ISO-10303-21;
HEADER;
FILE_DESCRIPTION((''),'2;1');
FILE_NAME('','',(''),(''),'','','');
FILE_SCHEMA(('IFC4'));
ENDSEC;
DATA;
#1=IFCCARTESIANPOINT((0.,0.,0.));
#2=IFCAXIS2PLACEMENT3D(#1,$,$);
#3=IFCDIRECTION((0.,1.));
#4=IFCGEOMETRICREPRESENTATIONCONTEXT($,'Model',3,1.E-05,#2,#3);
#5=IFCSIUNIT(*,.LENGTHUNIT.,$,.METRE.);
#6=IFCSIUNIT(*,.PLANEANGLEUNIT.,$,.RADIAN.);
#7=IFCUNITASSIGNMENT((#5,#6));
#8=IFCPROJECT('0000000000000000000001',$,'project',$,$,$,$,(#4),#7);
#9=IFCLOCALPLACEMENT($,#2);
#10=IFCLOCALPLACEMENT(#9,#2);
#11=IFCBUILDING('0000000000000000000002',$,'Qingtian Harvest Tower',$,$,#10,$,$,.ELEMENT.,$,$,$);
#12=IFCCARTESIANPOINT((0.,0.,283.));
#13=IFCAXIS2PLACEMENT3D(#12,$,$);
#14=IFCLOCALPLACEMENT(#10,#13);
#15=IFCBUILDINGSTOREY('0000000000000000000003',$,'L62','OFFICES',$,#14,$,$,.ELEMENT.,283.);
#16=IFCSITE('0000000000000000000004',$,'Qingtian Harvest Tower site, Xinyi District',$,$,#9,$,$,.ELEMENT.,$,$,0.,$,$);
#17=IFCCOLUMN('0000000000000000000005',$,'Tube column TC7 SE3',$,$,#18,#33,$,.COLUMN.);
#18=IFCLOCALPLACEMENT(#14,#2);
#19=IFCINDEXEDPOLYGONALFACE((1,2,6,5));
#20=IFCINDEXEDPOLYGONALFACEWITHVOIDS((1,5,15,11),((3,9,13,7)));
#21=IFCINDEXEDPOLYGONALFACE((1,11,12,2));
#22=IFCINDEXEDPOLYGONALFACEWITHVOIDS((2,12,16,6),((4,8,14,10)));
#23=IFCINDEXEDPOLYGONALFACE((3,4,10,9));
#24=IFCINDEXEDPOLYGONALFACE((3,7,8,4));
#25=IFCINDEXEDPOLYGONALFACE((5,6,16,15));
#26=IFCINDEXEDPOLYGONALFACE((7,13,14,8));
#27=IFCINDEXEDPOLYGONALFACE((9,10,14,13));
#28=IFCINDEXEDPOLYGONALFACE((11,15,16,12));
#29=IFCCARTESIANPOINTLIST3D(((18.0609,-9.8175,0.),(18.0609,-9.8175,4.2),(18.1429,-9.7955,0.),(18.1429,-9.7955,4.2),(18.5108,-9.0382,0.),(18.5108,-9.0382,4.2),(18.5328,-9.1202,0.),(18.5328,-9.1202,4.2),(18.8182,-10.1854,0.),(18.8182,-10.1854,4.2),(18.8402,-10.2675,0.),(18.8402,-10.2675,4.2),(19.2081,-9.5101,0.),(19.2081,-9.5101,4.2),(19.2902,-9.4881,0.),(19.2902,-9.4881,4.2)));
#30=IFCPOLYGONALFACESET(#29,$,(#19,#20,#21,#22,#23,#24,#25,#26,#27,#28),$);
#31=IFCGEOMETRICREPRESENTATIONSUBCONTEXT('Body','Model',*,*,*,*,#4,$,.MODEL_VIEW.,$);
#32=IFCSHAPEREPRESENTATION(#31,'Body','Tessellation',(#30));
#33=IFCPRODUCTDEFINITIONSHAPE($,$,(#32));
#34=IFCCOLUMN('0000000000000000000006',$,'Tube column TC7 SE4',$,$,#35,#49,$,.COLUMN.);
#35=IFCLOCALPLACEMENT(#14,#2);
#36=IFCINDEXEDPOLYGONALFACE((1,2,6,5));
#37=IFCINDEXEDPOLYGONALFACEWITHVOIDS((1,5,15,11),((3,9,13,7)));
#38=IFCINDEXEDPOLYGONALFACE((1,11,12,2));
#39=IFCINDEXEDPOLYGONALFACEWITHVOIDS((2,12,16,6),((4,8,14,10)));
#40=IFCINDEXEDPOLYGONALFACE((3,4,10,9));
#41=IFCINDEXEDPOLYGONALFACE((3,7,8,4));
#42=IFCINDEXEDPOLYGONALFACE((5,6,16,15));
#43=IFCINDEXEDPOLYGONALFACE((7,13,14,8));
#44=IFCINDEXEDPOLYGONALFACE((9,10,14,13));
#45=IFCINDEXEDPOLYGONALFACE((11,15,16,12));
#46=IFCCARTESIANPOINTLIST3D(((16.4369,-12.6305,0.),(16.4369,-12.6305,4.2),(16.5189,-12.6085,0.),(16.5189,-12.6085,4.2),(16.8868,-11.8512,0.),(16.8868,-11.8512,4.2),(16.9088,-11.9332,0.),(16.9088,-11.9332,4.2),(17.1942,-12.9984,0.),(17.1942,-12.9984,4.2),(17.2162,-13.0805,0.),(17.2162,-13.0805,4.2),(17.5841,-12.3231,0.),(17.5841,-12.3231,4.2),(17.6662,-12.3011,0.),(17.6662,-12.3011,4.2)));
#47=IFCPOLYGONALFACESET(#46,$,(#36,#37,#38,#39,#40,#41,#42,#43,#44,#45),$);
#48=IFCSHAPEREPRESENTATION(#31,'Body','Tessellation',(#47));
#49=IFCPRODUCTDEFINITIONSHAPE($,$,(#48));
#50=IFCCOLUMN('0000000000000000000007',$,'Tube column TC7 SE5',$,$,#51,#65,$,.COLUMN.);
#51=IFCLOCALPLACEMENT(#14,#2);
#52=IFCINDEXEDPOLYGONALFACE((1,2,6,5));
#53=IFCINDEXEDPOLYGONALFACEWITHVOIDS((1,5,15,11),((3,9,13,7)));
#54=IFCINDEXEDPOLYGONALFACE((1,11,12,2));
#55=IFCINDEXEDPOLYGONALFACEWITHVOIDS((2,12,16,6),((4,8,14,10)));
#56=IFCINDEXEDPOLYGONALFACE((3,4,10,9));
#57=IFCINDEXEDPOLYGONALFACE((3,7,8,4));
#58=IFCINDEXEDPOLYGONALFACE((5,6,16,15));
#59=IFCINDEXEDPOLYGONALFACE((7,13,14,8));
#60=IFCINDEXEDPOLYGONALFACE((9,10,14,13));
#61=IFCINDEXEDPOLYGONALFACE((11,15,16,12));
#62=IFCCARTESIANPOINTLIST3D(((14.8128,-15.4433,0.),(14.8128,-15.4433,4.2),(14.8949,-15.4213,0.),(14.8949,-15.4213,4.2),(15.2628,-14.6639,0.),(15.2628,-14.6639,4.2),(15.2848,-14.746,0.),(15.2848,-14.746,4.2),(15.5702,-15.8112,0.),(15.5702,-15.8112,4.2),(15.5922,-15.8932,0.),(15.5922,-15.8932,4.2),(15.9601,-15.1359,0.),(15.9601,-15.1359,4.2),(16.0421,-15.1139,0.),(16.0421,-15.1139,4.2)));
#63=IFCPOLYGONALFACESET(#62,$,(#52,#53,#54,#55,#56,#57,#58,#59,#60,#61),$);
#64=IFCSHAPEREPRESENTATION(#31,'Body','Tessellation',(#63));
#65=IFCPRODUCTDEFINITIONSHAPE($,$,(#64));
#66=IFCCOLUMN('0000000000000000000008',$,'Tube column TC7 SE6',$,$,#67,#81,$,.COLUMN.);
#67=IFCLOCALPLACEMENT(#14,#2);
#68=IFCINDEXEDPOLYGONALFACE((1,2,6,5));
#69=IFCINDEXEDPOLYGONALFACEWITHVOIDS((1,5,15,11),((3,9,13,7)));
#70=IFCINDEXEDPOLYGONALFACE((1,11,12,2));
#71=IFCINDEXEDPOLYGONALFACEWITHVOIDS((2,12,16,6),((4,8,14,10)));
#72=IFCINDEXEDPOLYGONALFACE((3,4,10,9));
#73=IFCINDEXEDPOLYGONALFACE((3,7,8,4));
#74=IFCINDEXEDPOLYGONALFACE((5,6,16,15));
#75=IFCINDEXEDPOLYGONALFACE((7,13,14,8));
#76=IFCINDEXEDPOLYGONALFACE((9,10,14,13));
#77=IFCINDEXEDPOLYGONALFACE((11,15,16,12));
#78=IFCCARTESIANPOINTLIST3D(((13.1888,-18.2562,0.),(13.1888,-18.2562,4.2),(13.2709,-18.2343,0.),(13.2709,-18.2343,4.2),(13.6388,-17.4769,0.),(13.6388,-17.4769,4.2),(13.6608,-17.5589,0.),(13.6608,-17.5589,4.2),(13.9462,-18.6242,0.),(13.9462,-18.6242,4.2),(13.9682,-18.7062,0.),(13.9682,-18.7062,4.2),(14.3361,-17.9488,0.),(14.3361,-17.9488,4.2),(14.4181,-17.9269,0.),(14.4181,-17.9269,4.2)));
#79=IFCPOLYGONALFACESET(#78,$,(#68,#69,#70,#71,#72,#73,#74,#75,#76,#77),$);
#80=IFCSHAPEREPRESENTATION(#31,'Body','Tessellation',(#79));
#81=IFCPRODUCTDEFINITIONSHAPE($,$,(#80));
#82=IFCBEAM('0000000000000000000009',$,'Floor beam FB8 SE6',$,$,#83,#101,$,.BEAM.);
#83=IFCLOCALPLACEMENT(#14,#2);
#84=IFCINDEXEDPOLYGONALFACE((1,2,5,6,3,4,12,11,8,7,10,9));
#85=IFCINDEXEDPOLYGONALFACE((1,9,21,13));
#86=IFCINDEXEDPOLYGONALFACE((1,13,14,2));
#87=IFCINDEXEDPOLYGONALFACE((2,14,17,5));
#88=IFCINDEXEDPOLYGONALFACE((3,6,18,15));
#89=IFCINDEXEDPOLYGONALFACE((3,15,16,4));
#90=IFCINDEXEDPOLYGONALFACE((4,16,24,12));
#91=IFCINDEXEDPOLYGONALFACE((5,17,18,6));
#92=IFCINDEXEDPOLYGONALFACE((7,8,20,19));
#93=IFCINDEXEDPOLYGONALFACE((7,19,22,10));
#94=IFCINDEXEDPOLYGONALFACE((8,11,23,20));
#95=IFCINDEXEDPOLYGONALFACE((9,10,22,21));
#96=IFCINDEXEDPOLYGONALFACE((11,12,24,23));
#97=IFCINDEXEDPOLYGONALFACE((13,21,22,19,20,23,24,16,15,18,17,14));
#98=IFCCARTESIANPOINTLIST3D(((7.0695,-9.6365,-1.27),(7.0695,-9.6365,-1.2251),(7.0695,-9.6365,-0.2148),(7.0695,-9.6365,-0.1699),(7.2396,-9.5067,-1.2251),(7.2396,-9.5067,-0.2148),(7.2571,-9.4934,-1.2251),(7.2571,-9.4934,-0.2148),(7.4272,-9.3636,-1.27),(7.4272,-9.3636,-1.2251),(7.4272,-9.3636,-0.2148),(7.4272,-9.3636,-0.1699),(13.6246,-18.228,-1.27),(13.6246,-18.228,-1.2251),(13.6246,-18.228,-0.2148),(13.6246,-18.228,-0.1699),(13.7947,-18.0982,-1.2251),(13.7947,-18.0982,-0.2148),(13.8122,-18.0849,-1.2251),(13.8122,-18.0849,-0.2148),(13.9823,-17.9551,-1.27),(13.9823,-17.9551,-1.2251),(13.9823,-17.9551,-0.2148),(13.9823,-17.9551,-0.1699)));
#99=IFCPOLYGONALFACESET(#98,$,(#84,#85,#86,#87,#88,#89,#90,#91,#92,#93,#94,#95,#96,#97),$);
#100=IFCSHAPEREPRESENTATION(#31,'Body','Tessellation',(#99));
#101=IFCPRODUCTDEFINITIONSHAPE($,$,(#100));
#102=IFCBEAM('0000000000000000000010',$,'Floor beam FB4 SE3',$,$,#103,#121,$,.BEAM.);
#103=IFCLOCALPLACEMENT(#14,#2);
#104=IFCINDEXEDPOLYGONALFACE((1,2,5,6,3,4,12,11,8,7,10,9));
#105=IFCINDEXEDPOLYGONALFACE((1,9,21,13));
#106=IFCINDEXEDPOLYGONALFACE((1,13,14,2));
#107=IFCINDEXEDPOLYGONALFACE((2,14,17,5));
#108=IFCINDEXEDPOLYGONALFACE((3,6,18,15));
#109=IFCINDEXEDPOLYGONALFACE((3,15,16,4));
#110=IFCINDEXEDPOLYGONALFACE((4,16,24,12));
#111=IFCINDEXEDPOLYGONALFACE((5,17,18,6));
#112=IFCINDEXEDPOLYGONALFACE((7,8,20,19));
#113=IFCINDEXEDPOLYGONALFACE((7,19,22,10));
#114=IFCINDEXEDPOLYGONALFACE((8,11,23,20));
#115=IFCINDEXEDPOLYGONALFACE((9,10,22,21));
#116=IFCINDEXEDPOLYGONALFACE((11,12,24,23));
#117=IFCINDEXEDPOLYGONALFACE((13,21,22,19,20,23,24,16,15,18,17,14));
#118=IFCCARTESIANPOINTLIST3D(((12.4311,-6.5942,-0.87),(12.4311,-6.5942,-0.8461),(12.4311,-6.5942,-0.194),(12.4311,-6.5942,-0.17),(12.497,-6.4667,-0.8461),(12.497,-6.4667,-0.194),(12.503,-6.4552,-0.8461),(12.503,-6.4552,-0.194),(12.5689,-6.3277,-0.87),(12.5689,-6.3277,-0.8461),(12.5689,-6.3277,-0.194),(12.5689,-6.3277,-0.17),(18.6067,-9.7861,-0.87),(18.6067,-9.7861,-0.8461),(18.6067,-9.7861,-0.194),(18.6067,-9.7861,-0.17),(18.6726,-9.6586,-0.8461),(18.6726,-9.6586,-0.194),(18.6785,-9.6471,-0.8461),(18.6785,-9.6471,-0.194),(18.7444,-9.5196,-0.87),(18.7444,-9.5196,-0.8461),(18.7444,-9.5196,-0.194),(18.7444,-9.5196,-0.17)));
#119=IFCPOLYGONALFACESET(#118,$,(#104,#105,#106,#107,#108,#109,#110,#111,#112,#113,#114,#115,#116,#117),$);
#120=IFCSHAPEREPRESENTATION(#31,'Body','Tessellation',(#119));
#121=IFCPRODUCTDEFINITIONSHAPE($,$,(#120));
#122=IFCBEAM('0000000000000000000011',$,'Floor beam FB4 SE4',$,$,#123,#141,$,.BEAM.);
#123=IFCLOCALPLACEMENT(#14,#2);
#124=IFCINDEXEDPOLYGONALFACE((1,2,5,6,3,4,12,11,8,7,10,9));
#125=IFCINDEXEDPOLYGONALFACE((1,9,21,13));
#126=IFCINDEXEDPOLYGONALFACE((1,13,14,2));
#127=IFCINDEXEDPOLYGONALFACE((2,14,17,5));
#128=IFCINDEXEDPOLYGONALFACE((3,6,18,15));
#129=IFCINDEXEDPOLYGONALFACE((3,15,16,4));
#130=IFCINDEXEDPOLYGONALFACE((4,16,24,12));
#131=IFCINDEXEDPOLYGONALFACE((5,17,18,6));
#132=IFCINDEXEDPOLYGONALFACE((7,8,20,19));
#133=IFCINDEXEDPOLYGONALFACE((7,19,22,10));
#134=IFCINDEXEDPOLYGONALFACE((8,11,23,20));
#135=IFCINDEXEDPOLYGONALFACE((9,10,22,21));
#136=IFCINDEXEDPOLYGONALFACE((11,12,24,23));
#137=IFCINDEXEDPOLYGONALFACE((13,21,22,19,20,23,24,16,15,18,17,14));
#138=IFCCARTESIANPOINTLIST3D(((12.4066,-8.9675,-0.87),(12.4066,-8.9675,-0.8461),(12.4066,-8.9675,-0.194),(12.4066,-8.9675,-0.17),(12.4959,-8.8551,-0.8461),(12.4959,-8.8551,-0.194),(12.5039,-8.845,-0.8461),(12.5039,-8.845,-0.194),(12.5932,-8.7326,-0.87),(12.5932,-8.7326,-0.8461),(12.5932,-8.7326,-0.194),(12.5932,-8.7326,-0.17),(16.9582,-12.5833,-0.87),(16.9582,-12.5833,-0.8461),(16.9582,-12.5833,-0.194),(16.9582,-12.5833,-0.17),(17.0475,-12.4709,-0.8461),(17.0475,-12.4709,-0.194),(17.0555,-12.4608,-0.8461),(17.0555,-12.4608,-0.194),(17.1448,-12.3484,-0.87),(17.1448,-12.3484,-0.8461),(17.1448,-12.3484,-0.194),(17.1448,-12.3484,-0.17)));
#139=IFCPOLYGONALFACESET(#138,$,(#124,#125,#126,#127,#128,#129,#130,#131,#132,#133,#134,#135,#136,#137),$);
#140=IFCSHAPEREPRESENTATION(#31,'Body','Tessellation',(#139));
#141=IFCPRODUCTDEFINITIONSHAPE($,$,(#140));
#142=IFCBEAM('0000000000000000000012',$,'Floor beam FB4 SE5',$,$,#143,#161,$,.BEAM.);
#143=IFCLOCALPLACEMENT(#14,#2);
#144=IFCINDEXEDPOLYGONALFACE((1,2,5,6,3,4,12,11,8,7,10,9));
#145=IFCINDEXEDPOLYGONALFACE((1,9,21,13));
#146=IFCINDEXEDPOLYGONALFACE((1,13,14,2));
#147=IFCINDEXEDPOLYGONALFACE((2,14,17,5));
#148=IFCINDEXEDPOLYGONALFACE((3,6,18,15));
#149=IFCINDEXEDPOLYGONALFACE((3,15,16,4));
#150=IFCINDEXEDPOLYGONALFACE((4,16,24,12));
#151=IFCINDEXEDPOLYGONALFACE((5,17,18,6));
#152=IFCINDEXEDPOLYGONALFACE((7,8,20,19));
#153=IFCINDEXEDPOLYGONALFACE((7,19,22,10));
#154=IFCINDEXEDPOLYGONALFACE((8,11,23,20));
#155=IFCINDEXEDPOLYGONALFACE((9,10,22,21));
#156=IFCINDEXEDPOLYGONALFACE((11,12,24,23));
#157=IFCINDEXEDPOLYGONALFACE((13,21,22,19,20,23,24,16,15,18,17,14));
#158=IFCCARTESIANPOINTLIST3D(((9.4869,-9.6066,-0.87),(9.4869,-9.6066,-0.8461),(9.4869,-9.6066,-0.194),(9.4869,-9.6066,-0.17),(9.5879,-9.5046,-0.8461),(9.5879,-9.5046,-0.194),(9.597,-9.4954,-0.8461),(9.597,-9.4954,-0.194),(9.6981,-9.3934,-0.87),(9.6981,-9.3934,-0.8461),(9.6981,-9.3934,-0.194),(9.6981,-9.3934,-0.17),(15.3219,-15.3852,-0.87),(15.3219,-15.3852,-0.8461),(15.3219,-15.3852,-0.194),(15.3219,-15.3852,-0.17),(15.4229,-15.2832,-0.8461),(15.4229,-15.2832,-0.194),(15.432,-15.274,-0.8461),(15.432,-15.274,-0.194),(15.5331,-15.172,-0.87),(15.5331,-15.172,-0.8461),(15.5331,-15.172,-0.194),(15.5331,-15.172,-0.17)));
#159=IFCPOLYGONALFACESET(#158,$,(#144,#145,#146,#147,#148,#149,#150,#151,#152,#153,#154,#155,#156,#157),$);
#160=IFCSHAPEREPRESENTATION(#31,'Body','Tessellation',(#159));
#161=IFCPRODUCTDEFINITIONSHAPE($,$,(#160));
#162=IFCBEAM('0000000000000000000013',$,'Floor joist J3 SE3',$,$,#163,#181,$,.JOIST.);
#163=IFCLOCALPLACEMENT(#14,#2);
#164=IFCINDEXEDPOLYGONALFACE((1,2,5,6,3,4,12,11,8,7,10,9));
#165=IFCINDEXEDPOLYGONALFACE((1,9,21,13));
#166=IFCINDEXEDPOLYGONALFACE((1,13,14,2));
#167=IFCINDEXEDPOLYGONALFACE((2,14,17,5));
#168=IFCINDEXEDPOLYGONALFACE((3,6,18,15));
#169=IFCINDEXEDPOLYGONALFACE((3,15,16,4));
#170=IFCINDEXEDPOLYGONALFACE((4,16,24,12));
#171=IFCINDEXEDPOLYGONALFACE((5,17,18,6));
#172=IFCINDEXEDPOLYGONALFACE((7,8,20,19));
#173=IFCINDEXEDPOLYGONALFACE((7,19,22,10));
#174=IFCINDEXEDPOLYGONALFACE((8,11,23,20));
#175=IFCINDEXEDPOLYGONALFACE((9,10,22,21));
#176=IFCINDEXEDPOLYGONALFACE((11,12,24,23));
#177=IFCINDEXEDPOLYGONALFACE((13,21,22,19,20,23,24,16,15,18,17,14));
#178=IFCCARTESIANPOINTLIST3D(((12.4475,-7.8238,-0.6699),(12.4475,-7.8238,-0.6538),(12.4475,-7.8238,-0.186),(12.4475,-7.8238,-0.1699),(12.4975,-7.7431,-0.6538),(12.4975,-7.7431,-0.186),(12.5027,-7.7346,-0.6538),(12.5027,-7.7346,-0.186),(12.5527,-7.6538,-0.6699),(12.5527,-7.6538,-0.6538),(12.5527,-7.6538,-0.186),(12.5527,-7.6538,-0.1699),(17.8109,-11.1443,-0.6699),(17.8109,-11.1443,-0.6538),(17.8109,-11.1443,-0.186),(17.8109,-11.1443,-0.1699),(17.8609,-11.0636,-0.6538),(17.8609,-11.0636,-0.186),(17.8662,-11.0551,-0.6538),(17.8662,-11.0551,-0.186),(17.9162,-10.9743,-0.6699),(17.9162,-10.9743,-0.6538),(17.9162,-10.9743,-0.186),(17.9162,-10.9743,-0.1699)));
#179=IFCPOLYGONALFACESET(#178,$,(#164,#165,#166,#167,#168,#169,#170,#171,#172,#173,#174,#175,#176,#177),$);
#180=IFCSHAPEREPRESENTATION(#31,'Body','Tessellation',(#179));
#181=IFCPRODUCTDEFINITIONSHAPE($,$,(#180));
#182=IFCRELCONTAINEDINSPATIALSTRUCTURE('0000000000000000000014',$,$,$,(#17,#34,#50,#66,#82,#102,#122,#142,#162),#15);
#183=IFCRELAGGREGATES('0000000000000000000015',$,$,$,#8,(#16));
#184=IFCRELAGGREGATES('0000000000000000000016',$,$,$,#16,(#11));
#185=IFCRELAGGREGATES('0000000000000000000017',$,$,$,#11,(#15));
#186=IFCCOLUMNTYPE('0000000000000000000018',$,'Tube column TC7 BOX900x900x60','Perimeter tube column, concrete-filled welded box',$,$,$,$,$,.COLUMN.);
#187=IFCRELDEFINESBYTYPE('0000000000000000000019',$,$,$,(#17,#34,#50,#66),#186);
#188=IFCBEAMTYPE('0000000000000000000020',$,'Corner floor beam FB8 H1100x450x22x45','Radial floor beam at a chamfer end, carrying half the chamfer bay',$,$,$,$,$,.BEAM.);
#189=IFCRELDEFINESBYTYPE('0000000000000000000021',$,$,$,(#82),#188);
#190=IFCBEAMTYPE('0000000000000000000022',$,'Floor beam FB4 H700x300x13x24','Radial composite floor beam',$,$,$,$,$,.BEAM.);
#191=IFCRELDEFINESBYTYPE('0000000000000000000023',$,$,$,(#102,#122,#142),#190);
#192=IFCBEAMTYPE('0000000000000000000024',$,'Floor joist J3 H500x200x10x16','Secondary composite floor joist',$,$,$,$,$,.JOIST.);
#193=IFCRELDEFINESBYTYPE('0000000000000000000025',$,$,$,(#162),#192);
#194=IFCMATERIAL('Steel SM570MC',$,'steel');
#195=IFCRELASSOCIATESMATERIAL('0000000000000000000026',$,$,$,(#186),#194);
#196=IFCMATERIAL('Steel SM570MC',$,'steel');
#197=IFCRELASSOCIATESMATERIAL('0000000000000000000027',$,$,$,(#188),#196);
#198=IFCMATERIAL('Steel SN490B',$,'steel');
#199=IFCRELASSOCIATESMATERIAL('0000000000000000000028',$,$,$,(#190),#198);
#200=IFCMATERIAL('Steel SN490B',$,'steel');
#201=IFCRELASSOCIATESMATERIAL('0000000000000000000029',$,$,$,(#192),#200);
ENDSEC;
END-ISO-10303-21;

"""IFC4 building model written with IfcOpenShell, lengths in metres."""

from ifc_helpers import new_model, si_unit, direction, frame, origin, origin_2d, place, context, subcontext, project, spatial, hollow_rectangle, i_section, extrude, material, material_profile, profile_set, type_object, element, save


model = new_model("IFC4")

# Units and contexts
model_context = context("Model", 3, precision=1e-05, world=origin(), true_north=direction((0.0, 1.0)))
body_context = subcontext(model_context, "Body", "Model", "MODEL_VIEW")
ifc_project = project(units=[si_unit("LENGTHUNIT", "METRE"), si_unit("PLANEANGLEUNIT", "RADIAN")], contexts=[model_context])

# Site, building, storey
site_placement = place(None, origin())
site = spatial("IfcSite", under=ifc_project, at=site_placement, Name="Qingtian Harvest Tower site, Xinyi District", CompositionType="ELEMENT", RefElevation=0.0)
building_placement = place(site_placement, origin())
building = spatial("IfcBuilding", under=site, at=building_placement, Name="Qingtian Harvest Tower", CompositionType="ELEMENT")
storey_placement = place(building_placement, frame((0.0, 0.0, 283.0)))
storey = spatial("IfcBuildingStorey", under=building, at=storey_placement, Name="L62", Description="OFFICES", CompositionType="ELEMENT", Elevation=283.0)

# Columns
ifc_material_1 = material(Name="Steel SM570MC", Category="steel")
ifc_material_profile_1 = material_profile(ifc_material_1, hollow_rectangle(XDim=0.8999, YDim=0.8999, WallThickness=0.0601, at=origin_2d()), Name="BOX900x900x60")
ifc_profile_set_1 = profile_set([ifc_material_profile_1], Name="Steel SM570MC")
column_type = type_object("IfcColumnType", Name="Tube column TC7 BOX900x900x60", Description="Perimeter tube column, concrete-filled welded box", PredefinedType="COLUMN", material=ifc_profile_set_1)
for number, where, z_axis, x_axis, name in (
    (1, (18.6755, -9.6528, 0.0), (0.0, 0.0, 1.0), (0.5, 0.866025, 0.0), "Tube column TC7 SE3"),
    (2, (17.0515, -12.4658, 0.0), (0.0, 0.0, 1.0), (0.5, 0.866025, 0.0), "Tube column TC7 SE4"),
    (3, (15.4275, -15.2786, 0.0), (0.0, 0.0, 1.0), (0.5, 0.866025, 0.0), "Tube column TC7 SE5"),
    (4, (13.8035, -18.0916, 0.0), (0.0, 0.0, 1.0), (0.5, 0.866025, 0.0), "Tube column TC7 SE6"),
):
    element("IfcColumn", number, at=place(storey_placement, frame(where, z_axis=z_axis, x_axis=x_axis)), inside=storey, type_object=column_type, Name=name, PredefinedType="COLUMN", context=body_context, shape_type="SweptSolid", body=[
        extrude(hollow_rectangle(XDim=0.8999, YDim=0.8999, WallThickness=0.0601, at=origin_2d()), origin(), (0.0, 0.0, 1.0), 4.2),
    ])

# Beams
ifc_material_2 = material(Name="Steel SM570MC", Category="steel")
ifc_material_profile_2 = material_profile(ifc_material_2, i_section(OverallWidth=0.45, OverallDepth=1.1001, WebThickness=0.022, FlangeThickness=0.0449, at=origin_2d()), Name="H1100x450x22x45")
ifc_profile_set_2 = profile_set([ifc_material_profile_2], Name="Steel SM570MC")
beam_type_1 = type_object("IfcBeamType", Name="Corner floor beam FB8 H1100x450x22x45", Description="Radial floor beam at a chamfer end, carrying half the chamfer bay", PredefinedType="BEAM", material=ifc_profile_set_2)
beam_1_placement = place(storey_placement, frame((13.8035, -18.0916, -0.72), z_axis=(-0.606584, 0.79502, 0.0), x_axis=(-0.79502, -0.606584, 0.0)))
element("IfcBeam", 5, at=beam_1_placement, inside=storey, type_object=beam_type_1, Name="Floor beam FB8 SE6", PredefinedType="BEAM", context=body_context, shape_type="SweptSolid", body=[
    extrude(i_section(OverallWidth=0.45, OverallDepth=1.1001, WebThickness=0.022, FlangeThickness=0.0449, at=origin_2d()), origin(), (0.0, 0.0, 1.0), 10.8066),
])
ifc_material_3 = material(Name="Steel SN490B", Category="steel")
ifc_material_profile_3 = material_profile(ifc_material_3, i_section(OverallWidth=0.3, OverallDepth=0.7, WebThickness=0.0129, FlangeThickness=0.0239, at=origin_2d()), Name="H700x300x13x24")
ifc_profile_set_3 = profile_set([ifc_material_profile_3], Name="Steel SN490B")
beam_type_2 = type_object("IfcBeamType", Name="Floor beam FB4 H700x300x13x24", Description="Radial composite floor beam", PredefinedType="BEAM", material=ifc_profile_set_3)
beam_2_placement = place(storey_placement, frame((18.6755, -9.6528, -0.52), z_axis=(-0.888355, 0.459156, 0.0), x_axis=(-0.459156, -0.888355, 0.0)))
element("IfcBeam", 6, at=beam_2_placement, inside=storey, type_object=beam_type_2, Name="Floor beam FB4 SE3", PredefinedType="BEAM", context=body_context, shape_type="SweptSolid", body=[
    extrude(i_section(OverallWidth=0.3, OverallDepth=0.7, WebThickness=0.0129, FlangeThickness=0.0239, at=origin_2d()), origin(), (0.0, 0.0, 1.0), 6.9517),
])
beam_3_placement = place(storey_placement, frame((17.0515, -12.4658, -0.52), z_axis=(-0.783003, 0.622018, 0.0), x_axis=(-0.622018, -0.783003, 0.0)))
element("IfcBeam", 7, at=beam_3_placement, inside=storey, type_object=beam_type_2, Name="Floor beam FB4 SE4", PredefinedType="BEAM", context=body_context, shape_type="SweptSolid", body=[
    extrude(i_section(OverallWidth=0.3, OverallDepth=0.7, WebThickness=0.0129, FlangeThickness=0.0239, at=origin_2d()), origin(), (0.0, 0.0, 1.0), 5.813),
])
beam_4_placement = place(storey_placement, frame((15.4275, -15.2786, -0.52), z_axis=(-0.710532, 0.703665, 0.0), x_axis=(-0.703665, -0.710532, 0.0)))
element("IfcBeam", 8, at=beam_4_placement, inside=storey, type_object=beam_type_2, Name="Floor beam FB4 SE5", PredefinedType="BEAM", context=body_context, shape_type="SweptSolid", body=[
    extrude(i_section(OverallWidth=0.3, OverallDepth=0.7, WebThickness=0.0129, FlangeThickness=0.0239, at=origin_2d()), origin(), (0.0, 0.0, 1.0), 8.2122),
])
ifc_material_4 = material(Name="Steel SN490B", Category="steel")
ifc_material_profile_4 = material_profile(ifc_material_4, i_section(OverallWidth=0.2, OverallDepth=0.5, WebThickness=0.01, FlangeThickness=0.0161, at=origin_2d()), Name="H500x200x10x16")
ifc_profile_set_4 = profile_set([ifc_material_profile_4], Name="Steel SN490B")
beam_type_3 = type_object("IfcBeamType", Name="Floor joist J3 H500x200x10x16", Description="Secondary composite floor joist", PredefinedType="JOIST", material=ifc_profile_set_4)
beam_5_placement = place(storey_placement, frame((17.8635, -11.0593, -0.4199), z_axis=(-0.850245, 0.526387, 0.0), x_axis=(-0.526387, -0.850245, 0.0)))
element("IfcBeam", 9, at=beam_5_placement, inside=storey, type_object=beam_type_3, Name="Floor joist J3 SE3", PredefinedType="JOIST", context=body_context, shape_type="SweptSolid", body=[
    extrude(i_section(OverallWidth=0.2, OverallDepth=0.5, WebThickness=0.01, FlangeThickness=0.0161, at=origin_2d()), origin(), (0.0, 0.0, 1.0), 6.3081),
])

save(model, "model.ifc")
